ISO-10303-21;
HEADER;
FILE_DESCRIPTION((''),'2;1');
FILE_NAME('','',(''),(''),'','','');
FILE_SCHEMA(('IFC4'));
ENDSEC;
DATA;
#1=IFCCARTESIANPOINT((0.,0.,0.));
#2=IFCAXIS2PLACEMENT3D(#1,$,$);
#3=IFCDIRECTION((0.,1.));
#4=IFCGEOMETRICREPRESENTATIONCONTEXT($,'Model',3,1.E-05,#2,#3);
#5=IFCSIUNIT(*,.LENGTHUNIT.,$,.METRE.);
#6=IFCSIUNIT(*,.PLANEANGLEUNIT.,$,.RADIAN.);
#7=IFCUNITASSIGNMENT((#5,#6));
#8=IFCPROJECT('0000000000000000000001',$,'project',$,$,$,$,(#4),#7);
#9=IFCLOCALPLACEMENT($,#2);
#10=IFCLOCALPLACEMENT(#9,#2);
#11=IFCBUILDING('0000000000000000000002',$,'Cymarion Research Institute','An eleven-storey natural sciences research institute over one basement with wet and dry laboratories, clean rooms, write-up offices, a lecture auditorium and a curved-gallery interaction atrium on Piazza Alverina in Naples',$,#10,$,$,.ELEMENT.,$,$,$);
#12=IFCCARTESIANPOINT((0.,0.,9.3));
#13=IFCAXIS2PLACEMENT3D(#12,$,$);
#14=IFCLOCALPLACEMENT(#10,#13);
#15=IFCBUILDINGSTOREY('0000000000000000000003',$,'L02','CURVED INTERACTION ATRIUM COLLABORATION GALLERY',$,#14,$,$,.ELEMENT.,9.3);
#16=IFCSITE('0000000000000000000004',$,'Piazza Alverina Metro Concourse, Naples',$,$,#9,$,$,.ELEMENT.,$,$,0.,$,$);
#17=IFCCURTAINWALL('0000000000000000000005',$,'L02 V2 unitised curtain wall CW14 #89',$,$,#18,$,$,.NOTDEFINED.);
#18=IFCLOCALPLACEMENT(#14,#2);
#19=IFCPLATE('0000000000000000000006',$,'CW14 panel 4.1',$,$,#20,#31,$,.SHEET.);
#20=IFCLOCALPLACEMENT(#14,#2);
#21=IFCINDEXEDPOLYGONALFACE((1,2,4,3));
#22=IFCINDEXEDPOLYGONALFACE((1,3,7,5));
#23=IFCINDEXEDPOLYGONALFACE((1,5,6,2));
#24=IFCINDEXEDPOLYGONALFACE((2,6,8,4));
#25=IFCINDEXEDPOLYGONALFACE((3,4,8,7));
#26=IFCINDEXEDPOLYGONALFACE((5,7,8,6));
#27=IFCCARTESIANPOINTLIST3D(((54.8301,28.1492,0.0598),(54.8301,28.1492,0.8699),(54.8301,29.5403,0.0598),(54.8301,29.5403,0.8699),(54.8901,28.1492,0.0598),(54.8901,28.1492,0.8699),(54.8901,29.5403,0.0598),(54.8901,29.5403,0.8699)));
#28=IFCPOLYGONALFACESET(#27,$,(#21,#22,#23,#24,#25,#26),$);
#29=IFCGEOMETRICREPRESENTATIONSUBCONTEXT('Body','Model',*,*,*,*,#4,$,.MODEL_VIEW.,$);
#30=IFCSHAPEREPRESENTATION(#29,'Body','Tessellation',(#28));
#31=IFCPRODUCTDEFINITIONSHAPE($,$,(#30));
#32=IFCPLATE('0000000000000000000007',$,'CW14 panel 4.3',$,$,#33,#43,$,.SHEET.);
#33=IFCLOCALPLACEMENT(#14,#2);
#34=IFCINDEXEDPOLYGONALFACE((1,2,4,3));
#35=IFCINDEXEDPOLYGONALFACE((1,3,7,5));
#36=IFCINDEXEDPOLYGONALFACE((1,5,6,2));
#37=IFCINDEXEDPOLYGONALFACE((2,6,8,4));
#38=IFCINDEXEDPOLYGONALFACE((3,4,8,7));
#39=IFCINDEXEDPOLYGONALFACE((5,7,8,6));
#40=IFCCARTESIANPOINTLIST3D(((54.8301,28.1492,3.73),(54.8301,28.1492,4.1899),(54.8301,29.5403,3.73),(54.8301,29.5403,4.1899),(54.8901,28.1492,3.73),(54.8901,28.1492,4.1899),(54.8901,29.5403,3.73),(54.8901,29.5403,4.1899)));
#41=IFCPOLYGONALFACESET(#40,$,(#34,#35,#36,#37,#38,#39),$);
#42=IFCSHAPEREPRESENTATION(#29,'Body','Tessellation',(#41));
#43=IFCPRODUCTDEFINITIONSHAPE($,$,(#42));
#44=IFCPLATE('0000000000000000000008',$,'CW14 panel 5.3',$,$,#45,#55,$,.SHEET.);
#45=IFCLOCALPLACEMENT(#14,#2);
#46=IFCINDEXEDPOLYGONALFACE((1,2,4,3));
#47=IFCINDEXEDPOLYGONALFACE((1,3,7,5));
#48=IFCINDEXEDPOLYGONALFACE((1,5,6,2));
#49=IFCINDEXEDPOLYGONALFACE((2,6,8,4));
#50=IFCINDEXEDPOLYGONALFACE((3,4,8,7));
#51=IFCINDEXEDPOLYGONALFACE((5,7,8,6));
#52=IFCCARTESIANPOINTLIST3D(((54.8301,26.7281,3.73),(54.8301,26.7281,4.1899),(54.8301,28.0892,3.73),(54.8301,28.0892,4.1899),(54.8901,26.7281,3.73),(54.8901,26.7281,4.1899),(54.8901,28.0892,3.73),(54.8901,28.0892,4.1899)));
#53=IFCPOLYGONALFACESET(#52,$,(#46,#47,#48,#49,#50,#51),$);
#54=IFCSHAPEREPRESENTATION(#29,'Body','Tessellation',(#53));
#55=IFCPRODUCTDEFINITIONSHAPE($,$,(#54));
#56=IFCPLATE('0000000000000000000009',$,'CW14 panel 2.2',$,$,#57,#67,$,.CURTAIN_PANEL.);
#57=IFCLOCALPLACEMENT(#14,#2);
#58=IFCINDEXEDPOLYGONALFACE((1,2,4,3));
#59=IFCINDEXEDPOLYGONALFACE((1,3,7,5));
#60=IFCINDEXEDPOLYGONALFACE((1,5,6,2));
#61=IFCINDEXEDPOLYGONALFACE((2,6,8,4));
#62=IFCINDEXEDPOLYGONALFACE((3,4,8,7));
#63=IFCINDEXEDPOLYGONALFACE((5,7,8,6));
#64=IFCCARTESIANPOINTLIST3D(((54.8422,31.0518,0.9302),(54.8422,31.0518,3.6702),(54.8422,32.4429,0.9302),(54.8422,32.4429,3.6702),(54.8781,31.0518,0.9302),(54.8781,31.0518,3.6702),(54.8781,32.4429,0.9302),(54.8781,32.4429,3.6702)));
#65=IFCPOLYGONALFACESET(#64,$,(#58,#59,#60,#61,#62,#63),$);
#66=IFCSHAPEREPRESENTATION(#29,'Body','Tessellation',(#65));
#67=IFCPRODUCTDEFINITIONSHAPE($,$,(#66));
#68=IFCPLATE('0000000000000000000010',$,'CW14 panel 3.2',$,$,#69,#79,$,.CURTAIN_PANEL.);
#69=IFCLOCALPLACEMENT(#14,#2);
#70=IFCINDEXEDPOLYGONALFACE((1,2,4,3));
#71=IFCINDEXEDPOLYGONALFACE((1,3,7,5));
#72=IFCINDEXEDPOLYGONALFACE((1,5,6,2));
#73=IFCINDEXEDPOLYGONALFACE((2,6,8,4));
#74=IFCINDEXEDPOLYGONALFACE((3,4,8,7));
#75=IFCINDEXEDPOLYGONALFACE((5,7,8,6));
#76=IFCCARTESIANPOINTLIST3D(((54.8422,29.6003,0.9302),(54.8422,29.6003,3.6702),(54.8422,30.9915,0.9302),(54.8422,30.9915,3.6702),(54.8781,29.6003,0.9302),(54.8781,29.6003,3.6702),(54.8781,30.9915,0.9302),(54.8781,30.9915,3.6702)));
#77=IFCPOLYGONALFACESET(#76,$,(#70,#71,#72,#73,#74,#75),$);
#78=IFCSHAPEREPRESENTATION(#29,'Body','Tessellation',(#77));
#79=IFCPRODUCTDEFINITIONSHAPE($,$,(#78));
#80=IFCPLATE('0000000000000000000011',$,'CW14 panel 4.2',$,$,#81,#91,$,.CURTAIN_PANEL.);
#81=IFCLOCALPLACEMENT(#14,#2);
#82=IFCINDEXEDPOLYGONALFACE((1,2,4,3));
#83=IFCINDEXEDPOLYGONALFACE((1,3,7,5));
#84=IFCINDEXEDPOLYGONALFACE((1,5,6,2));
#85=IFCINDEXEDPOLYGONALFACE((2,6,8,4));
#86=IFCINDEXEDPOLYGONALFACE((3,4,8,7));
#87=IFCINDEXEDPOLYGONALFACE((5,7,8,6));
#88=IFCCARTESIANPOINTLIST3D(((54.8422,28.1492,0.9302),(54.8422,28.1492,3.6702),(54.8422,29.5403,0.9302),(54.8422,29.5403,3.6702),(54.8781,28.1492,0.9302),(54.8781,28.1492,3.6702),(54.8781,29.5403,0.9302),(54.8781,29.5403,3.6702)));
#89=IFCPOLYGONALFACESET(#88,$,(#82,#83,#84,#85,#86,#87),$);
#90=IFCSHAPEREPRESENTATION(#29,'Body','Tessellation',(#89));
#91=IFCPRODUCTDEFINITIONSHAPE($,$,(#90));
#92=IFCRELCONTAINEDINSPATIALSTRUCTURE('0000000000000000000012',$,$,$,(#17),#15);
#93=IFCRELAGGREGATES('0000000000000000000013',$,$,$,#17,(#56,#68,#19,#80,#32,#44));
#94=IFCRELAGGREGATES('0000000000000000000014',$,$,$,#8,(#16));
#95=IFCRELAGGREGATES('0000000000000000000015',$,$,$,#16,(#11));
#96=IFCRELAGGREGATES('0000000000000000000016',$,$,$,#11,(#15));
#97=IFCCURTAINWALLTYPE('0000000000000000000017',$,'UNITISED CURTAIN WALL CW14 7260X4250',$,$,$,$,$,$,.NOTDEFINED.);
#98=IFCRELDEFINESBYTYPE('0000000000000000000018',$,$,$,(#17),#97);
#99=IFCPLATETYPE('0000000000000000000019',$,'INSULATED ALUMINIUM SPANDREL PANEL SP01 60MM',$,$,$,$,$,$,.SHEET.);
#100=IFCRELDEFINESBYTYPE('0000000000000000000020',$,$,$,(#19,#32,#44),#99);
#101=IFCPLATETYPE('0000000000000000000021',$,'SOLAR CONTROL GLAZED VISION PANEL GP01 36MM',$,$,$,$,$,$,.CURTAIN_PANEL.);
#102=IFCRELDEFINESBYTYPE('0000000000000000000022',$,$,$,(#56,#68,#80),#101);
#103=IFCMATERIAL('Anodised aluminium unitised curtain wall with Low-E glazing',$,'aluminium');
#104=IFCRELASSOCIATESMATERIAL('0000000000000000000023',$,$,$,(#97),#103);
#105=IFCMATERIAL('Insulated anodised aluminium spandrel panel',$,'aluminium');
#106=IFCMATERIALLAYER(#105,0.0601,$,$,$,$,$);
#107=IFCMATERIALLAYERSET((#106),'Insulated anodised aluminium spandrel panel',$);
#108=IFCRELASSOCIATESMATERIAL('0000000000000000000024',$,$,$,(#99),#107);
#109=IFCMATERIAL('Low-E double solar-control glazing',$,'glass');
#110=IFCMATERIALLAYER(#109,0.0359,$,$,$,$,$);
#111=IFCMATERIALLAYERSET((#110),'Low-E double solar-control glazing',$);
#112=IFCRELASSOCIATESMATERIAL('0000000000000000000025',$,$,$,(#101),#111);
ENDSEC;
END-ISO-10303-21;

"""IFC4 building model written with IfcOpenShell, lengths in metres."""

from ifc_helpers import new_model, si_unit, direction, frame, origin, origin_2d, place, context, subcontext, project, spatial, rectangle, extrude, material, layer, layer_set, type_object, element, aggregate, save


model = new_model("IFC4")

# Units and contexts
model_context = context("Model", 3, precision=1e-05, world=origin(), true_north=direction((0.0, 1.0)))
body_context = subcontext(model_context, "Body", "Model", "MODEL_VIEW")
ifc_project = project(units=[si_unit("LENGTHUNIT", "METRE"), si_unit("PLANEANGLEUNIT", "RADIAN")], contexts=[model_context])

# Site, building, storey
site_placement = place(None, origin())
site = spatial("IfcSite", under=ifc_project, at=site_placement, Name="Piazza Alverina Metro Concourse, Naples", CompositionType="ELEMENT", RefElevation=0.0)
building_placement = place(site_placement, origin())
building = spatial("IfcBuilding", under=site, at=building_placement, Name="Cymarion Research Institute", Description="An eleven-storey natural sciences research institute over one basement with wet and dry laboratories, clean rooms, write-up offices, a lecture auditorium and a curved-gallery interaction atrium on Piazza Alverina in Naples", CompositionType="ELEMENT")
storey_placement = place(building_placement, frame((0.0, 0.0, 9.3)))
storey = spatial("IfcBuildingStorey", under=building, at=storey_placement, Name="L02", Description="CURVED INTERACTION ATRIUM COLLABORATION GALLERY", CompositionType="ELEMENT", Elevation=9.3)

# Curtain wall
ifc_material_1 = material(Name="Anodised aluminium unitised curtain wall with Low-E glazing", Category="aluminium")
curtain_wall_type = type_object("IfcCurtainWallType", Name="UNITISED CURTAIN WALL CW14 7260X4250", PredefinedType="NOTDEFINED", material=ifc_material_1)
curtain_wall_placement = place(storey_placement, origin())
curtain_wall = element("IfcCurtainWall", 1, at=curtain_wall_placement, inside=storey, type_object=curtain_wall_type, Name="L02 V2 unitised curtain wall CW14 #89", PredefinedType="NOTDEFINED")

# Plates
ifc_material_2 = material(Name="Insulated anodised aluminium spandrel panel", Category="aluminium")
ifc_layer_1 = layer(ifc_material_2, 0.0601)
ifc_layer_set_1 = layer_set([ifc_layer_1], Name="Insulated anodised aluminium spandrel panel")
plate_type_1 = type_object("IfcPlateType", Name="INSULATED ALUMINIUM SPANDREL PANEL SP01 60MM", PredefinedType="SHEET", material=ifc_layer_set_1)
plate_1_placement = place(storey_placement, frame((54.8601, 28.8447, 0.0598), z_axis=(0.0, 0.0, 1.0), x_axis=(0.0, -1.0, 0.0)))
plate_1 = element("IfcPlate", 2, at=plate_1_placement, type_object=plate_type_1, Name="CW14 panel 4.1", PredefinedType="SHEET", context=body_context, shape_type="SweptSolid", body=[
    extrude(rectangle(XDim=1.3911, YDim=0.0601, at=origin_2d()), origin(), (0.0, 0.0, 1.0), 0.8101),
])
plate_2_placement = place(storey_placement, frame((54.8601, 28.8447, 3.73), z_axis=(0.0, 0.0, 1.0), x_axis=(0.0, -1.0, 0.0)))
plate_2 = element("IfcPlate", 3, at=plate_2_placement, type_object=plate_type_1, Name="CW14 panel 4.3", PredefinedType="SHEET", context=body_context, shape_type="SweptSolid", body=[
    extrude(rectangle(XDim=1.3911, YDim=0.0601, at=origin_2d()), origin(), (0.0, 0.0, 1.0), 0.46),
])
plate_3_placement = place(storey_placement, frame((54.8601, 27.4087, 3.73), z_axis=(0.0, 0.0, 1.0), x_axis=(0.0, -1.0, 0.0)))
plate_3 = element("IfcPlate", 4, at=plate_3_placement, type_object=plate_type_1, Name="CW14 panel 5.3", PredefinedType="SHEET", context=body_context, shape_type="SweptSolid", body=[
    extrude(rectangle(XDim=1.3611, YDim=0.0601, at=origin_2d()), origin(), (0.0, 0.0, 1.0), 0.46),
])
ifc_material_3 = material(Name="Low-E double solar-control glazing", Category="glass")
ifc_layer_2 = layer(ifc_material_3, 0.0359)
ifc_layer_set_2 = layer_set([ifc_layer_2], Name="Low-E double solar-control glazing")
plate_type_2 = type_object("IfcPlateType", Name="SOLAR CONTROL GLAZED VISION PANEL GP01 36MM", PredefinedType="CURTAIN_PANEL", material=ifc_layer_set_2)
plate_4_placement = place(storey_placement, frame((54.8601, 31.7473, 0.9302), z_axis=(0.0, 0.0, 1.0), x_axis=(0.0, -1.0, 0.0)))
plate_4 = element("IfcPlate", 5, at=plate_4_placement, type_object=plate_type_2, Name="CW14 panel 2.2", PredefinedType="CURTAIN_PANEL", context=body_context, shape_type="SweptSolid", body=[
    extrude(rectangle(XDim=1.3911, YDim=0.0359, at=origin_2d()), origin(), (0.0, 0.0, 1.0), 2.74),
])
plate_5_placement = place(storey_placement, frame((54.8601, 30.2959, 0.9302), z_axis=(0.0, 0.0, 1.0), x_axis=(0.0, -1.0, 0.0)))
plate_5 = element("IfcPlate", 6, at=plate_5_placement, type_object=plate_type_2, Name="CW14 panel 3.2", PredefinedType="CURTAIN_PANEL", context=body_context, shape_type="SweptSolid", body=[
    extrude(rectangle(XDim=1.3911, YDim=0.0359, at=origin_2d()), origin(), (0.0, 0.0, 1.0), 2.74),
])
plate_6_placement = place(storey_placement, frame((54.8601, 28.8447, 0.9302), z_axis=(0.0, 0.0, 1.0), x_axis=(0.0, -1.0, 0.0)))
plate_6 = element("IfcPlate", 7, at=plate_6_placement, type_object=plate_type_2, Name="CW14 panel 4.2", PredefinedType="CURTAIN_PANEL", context=body_context, shape_type="SweptSolid", body=[
    extrude(rectangle(XDim=1.3911, YDim=0.0359, at=origin_2d()), origin(), (0.0, 0.0, 1.0), 2.74),
])
aggregate(curtain_wall, [plate_4, plate_5, plate_1, plate_6, plate_2, plate_3])

save(model, "model.ifc")
